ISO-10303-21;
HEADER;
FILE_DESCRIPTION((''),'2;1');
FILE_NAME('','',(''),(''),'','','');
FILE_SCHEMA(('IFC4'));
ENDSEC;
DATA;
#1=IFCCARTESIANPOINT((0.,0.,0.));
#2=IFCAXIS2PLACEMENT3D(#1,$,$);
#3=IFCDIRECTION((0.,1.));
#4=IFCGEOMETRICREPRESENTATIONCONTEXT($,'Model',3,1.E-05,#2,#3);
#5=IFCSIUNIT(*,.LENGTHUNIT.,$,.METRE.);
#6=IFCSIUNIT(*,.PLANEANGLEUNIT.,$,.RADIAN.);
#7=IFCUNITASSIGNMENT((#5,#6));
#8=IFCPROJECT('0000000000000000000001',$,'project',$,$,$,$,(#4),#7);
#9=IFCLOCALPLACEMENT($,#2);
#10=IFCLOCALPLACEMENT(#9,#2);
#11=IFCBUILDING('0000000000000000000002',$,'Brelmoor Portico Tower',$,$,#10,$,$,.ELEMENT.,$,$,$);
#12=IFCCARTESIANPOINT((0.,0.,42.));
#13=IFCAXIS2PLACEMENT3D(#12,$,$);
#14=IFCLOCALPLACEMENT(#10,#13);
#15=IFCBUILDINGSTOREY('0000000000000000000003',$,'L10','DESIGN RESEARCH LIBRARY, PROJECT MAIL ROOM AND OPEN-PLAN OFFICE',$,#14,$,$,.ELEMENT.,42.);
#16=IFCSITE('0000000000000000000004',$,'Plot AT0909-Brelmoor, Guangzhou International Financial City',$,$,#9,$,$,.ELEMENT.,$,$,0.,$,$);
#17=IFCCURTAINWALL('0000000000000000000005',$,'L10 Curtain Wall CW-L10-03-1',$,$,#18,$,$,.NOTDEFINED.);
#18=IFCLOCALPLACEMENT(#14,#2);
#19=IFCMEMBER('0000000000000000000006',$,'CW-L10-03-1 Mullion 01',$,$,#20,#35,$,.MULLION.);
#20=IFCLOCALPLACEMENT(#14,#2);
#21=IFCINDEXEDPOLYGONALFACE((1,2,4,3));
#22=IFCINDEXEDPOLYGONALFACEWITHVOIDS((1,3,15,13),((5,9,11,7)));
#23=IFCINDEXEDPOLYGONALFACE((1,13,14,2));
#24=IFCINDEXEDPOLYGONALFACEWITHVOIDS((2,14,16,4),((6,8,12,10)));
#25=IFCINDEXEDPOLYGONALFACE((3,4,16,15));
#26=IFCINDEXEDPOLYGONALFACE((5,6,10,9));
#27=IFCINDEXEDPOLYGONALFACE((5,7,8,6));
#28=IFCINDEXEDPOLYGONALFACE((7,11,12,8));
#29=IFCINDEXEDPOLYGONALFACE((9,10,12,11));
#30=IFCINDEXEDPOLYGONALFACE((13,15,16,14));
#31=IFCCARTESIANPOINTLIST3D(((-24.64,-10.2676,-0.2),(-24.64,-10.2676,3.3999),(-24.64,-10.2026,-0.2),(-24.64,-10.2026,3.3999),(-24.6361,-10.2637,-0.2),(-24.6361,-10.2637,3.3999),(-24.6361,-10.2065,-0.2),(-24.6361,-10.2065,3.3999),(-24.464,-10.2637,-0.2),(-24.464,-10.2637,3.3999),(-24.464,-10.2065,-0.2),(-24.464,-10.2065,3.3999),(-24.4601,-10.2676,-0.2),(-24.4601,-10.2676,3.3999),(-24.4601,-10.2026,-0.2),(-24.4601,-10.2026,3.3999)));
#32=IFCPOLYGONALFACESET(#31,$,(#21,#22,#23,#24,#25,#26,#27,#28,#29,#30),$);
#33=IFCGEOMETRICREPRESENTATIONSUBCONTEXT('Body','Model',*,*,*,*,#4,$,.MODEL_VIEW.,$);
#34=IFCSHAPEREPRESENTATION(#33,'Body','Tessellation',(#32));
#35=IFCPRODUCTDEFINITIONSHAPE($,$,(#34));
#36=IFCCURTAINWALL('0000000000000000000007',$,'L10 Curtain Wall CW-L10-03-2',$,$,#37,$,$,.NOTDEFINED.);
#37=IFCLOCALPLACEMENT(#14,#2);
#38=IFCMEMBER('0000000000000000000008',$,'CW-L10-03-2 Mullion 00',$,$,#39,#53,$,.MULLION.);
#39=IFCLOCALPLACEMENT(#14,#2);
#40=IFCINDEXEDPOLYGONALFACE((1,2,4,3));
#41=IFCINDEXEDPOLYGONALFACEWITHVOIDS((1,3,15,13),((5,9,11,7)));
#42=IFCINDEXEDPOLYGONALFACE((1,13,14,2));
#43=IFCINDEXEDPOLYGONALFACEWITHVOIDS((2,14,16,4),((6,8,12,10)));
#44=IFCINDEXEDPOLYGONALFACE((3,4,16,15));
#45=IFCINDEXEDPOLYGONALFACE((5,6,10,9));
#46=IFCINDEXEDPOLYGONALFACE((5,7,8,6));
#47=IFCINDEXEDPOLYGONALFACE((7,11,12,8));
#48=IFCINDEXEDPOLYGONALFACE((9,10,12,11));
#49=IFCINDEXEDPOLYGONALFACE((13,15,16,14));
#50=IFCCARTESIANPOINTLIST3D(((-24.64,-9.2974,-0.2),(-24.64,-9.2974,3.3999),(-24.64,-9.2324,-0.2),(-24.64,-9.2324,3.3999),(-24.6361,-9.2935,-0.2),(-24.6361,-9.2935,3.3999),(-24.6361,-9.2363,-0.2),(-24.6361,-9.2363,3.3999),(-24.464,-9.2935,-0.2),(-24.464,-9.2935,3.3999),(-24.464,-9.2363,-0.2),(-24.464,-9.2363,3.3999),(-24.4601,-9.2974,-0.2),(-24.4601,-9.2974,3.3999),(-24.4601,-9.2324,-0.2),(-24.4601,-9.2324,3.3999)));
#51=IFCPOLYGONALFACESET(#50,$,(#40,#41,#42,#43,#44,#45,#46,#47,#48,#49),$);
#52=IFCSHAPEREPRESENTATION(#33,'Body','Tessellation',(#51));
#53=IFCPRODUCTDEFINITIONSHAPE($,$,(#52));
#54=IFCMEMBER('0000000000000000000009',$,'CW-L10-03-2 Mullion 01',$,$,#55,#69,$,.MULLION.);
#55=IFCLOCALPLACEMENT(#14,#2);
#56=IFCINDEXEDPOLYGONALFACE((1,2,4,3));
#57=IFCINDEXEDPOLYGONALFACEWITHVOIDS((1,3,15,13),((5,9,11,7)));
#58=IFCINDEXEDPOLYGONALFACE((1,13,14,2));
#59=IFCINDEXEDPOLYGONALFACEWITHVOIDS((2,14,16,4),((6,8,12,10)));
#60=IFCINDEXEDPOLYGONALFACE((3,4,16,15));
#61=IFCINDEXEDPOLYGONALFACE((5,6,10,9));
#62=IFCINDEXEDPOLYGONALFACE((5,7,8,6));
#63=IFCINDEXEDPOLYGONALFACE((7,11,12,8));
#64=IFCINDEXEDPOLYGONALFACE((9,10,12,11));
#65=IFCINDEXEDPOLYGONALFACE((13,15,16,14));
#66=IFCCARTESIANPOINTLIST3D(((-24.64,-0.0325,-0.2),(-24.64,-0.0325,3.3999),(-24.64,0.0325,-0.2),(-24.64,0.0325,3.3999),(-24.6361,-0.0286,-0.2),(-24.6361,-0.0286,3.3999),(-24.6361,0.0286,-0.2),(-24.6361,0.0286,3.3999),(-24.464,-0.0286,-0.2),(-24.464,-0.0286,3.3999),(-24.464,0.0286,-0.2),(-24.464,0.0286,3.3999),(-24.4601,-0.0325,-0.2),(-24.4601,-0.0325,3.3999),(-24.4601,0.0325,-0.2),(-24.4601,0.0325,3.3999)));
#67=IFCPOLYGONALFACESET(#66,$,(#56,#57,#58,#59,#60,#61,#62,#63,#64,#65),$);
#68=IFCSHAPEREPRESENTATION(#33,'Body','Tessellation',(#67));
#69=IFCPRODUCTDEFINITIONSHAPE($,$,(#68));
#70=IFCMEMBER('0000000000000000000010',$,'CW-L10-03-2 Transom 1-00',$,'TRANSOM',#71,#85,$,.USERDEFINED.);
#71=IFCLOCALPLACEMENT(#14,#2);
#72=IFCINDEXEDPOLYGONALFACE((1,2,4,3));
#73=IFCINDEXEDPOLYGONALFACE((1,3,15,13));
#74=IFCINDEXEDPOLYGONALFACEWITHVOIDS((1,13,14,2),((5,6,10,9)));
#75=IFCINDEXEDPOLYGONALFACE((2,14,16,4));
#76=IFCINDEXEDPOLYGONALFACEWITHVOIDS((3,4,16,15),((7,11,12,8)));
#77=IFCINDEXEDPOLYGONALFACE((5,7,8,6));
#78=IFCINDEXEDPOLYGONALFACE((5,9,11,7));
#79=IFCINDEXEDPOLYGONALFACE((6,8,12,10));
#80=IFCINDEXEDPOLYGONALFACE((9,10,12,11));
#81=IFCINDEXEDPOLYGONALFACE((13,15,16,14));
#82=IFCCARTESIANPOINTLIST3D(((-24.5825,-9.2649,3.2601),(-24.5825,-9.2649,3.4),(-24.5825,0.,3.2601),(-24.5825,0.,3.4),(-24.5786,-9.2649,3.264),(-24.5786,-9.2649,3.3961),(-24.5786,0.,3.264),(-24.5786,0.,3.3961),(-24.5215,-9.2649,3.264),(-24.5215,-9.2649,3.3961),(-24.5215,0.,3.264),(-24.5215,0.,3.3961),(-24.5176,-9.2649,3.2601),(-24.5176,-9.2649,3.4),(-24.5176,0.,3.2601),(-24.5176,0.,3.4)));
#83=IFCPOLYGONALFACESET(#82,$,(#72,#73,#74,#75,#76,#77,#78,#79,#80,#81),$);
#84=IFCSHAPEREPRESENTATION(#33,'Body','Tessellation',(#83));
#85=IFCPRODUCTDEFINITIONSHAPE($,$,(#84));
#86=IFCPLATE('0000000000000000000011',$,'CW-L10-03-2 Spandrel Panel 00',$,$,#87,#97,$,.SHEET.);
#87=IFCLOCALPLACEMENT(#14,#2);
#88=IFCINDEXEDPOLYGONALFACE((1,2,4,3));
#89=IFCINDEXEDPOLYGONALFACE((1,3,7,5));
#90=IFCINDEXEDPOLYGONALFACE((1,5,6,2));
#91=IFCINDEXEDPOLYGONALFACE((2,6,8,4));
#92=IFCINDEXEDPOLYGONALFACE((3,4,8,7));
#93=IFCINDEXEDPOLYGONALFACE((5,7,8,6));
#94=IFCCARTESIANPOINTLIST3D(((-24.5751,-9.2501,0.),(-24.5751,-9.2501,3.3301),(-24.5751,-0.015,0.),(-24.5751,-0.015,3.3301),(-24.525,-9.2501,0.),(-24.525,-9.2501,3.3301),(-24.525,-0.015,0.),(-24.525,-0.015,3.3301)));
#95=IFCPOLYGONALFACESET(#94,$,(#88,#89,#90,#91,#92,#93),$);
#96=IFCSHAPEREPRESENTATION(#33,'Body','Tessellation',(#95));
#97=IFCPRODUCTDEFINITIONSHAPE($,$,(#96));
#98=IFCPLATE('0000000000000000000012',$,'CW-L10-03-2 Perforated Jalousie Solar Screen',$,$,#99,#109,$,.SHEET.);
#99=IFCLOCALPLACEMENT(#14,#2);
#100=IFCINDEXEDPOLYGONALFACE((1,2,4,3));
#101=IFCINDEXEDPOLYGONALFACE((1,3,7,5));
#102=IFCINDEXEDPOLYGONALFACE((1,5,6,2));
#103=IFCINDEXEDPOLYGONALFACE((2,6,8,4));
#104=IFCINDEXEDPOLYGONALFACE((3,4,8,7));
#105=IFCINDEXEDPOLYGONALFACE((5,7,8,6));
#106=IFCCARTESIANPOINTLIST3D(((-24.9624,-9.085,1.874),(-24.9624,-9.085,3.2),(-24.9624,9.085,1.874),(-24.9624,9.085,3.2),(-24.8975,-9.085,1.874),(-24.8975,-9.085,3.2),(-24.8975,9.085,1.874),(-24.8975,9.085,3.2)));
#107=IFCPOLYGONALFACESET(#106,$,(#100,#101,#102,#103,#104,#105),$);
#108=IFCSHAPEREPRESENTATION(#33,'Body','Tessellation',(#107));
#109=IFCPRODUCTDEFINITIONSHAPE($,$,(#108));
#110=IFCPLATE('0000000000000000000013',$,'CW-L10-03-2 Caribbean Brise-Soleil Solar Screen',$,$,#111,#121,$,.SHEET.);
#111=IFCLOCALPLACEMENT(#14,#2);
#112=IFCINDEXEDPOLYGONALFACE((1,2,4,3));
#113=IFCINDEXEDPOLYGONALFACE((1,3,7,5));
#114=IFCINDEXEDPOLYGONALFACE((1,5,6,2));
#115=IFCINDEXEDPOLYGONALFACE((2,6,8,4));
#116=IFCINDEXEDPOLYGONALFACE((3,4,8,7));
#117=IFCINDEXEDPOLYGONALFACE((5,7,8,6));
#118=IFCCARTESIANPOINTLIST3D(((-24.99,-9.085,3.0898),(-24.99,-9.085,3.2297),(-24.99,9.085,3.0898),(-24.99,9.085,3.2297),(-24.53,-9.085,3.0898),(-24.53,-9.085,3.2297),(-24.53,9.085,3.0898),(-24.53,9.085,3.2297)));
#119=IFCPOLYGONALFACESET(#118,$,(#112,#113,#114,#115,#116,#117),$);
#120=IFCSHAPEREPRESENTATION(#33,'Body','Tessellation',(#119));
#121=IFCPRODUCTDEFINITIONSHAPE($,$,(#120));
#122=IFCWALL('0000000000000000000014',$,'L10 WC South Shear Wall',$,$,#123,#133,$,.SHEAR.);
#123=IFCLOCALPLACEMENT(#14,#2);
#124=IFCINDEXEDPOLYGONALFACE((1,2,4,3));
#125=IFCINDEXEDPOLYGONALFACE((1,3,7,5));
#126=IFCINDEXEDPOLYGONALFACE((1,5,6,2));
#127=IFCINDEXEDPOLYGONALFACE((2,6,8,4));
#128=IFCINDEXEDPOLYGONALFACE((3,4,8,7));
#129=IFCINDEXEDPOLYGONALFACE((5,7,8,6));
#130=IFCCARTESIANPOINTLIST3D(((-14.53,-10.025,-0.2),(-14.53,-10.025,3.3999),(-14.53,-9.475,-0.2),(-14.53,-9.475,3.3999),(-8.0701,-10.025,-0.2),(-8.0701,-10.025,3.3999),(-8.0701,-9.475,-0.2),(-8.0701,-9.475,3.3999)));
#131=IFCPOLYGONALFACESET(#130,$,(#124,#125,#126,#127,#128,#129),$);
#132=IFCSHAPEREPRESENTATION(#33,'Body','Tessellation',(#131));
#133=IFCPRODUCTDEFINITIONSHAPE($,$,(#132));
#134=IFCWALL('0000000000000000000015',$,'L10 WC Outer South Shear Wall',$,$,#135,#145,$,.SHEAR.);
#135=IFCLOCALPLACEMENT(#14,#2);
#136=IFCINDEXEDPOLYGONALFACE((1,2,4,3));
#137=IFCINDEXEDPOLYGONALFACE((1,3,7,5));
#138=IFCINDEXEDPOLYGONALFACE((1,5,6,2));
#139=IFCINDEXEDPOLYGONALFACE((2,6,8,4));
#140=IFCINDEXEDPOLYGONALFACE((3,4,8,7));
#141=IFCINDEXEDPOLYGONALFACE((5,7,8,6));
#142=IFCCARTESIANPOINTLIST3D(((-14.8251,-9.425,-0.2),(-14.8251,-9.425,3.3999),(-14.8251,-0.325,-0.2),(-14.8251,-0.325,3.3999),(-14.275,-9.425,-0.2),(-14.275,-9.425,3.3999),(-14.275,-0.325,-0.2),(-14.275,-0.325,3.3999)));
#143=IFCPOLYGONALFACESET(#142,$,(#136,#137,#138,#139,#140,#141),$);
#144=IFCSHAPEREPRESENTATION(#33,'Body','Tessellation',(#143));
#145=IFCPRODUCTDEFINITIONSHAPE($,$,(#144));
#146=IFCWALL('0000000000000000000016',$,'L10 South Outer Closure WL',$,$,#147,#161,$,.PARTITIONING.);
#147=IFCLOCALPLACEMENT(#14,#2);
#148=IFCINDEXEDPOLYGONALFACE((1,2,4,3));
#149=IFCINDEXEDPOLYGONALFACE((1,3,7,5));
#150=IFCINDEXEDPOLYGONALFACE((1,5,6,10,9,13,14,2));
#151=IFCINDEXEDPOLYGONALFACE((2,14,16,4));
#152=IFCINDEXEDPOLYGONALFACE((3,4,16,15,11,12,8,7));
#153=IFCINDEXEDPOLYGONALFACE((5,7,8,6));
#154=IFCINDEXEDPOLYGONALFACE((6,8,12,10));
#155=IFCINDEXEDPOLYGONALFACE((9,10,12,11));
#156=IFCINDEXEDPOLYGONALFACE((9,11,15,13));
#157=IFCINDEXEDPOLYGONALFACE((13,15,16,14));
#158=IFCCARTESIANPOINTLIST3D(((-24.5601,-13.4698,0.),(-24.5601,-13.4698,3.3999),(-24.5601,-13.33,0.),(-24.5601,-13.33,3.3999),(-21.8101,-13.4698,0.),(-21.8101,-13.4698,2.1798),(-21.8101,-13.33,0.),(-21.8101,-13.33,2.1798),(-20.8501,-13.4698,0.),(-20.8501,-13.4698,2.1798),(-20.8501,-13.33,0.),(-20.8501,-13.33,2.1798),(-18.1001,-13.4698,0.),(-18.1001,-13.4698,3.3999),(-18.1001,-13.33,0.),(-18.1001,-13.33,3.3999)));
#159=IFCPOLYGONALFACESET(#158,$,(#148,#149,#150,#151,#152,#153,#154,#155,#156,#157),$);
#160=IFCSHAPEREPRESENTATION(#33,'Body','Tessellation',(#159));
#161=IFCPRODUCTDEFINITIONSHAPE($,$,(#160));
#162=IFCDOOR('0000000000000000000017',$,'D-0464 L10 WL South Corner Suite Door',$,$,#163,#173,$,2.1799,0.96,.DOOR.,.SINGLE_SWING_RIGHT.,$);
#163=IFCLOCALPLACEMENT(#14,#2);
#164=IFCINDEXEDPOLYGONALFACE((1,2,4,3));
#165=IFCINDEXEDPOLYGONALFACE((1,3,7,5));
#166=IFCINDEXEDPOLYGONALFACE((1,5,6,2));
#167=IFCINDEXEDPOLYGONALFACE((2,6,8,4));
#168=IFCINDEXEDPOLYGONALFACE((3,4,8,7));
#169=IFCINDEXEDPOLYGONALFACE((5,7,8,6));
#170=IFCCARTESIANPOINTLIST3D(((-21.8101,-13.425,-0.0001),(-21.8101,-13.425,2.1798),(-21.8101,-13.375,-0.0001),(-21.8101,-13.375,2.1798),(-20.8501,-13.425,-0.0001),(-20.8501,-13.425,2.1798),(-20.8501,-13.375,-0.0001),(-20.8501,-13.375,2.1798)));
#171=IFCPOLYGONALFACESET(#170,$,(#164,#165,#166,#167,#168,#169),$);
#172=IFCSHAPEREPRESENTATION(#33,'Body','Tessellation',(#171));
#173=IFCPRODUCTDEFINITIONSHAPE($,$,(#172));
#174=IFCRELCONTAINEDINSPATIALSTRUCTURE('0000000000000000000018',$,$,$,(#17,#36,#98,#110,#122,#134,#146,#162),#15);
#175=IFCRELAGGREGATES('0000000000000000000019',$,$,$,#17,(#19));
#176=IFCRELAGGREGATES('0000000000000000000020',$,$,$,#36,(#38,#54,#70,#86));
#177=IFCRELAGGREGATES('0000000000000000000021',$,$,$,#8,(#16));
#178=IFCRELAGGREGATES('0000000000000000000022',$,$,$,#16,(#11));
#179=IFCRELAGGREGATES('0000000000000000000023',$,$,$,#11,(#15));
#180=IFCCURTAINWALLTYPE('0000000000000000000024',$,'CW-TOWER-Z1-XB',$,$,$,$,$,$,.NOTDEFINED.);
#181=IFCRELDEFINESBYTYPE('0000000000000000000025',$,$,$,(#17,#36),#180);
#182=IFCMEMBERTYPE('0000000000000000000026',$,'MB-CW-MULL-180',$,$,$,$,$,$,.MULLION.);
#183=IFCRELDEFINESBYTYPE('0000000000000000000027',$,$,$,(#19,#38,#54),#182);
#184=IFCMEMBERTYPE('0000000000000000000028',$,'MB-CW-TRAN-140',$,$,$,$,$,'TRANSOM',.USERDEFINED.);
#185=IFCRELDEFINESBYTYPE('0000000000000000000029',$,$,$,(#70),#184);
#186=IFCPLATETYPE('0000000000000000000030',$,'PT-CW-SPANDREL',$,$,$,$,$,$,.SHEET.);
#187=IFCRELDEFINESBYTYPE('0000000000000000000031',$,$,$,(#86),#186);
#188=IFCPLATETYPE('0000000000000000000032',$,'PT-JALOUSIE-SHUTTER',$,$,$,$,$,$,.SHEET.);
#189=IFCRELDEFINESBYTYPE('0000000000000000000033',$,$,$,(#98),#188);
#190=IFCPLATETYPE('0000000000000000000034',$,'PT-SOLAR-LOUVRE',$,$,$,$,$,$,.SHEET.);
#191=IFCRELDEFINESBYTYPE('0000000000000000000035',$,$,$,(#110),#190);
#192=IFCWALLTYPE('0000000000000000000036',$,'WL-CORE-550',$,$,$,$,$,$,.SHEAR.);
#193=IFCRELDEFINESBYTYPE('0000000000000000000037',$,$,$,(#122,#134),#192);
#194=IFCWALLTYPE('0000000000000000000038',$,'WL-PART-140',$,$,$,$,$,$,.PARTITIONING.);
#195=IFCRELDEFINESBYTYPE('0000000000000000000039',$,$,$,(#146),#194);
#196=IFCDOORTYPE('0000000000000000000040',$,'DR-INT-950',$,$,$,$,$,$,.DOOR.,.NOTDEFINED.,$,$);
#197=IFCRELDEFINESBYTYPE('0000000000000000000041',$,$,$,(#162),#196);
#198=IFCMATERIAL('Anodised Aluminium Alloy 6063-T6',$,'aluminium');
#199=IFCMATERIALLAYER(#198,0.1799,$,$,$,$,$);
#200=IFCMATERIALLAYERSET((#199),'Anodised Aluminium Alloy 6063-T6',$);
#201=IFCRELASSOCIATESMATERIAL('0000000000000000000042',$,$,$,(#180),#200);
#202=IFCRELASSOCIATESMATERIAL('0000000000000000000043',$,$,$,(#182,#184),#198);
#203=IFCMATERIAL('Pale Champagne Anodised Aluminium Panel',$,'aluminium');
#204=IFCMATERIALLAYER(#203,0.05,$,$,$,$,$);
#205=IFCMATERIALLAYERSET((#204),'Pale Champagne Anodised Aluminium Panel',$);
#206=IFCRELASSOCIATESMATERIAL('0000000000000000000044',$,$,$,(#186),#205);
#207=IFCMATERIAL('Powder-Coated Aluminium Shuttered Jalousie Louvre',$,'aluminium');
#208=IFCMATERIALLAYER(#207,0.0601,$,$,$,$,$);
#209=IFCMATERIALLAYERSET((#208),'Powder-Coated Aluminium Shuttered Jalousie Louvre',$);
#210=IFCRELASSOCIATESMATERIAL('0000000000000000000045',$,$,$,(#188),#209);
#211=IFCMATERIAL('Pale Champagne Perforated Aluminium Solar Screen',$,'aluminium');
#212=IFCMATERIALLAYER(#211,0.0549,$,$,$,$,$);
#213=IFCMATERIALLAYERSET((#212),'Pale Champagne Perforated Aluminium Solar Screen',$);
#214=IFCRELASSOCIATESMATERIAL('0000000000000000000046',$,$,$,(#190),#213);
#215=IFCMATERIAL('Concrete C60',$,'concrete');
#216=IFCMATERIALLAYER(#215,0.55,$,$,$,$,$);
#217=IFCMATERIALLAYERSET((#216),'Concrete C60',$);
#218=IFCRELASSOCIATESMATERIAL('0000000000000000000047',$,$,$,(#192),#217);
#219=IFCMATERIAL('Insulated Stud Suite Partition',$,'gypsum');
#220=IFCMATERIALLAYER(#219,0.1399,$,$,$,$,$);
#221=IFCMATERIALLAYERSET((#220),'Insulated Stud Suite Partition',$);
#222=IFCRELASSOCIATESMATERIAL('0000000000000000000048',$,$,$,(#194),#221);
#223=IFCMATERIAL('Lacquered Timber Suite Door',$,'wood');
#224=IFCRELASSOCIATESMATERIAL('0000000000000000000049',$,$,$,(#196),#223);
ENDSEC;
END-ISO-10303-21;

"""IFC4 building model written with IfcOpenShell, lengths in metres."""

from ifc_helpers import new_model, si_unit, direction, frame, frame_2d, origin, origin_2d, place, context, subcontext, project, spatial, rectangle, hollow_rectangle, extrude, material, layer, layer_set, material_profile, profile_set, type_object, element, fill, aggregate, save


model = new_model("IFC4")

# Units and contexts
model_context = context("Model", 3, precision=1e-05, world=origin(), true_north=direction((0.0, 1.0)))
body_context = subcontext(model_context, "Body", "Model", "MODEL_VIEW")
ifc_project = project(units=[si_unit("LENGTHUNIT", "METRE"), si_unit("PLANEANGLEUNIT", "RADIAN")], contexts=[model_context])

# Site, building, storey
site_placement = place(None, origin())
site = spatial("IfcSite", under=ifc_project, at=site_placement, Name="Plot AT0909-Brelmoor, Guangzhou International Financial City", CompositionType="ELEMENT", RefElevation=0.0)
building_placement = place(site_placement, origin())
building = spatial("IfcBuilding", under=site, at=building_placement, Name="Brelmoor Portico Tower", CompositionType="ELEMENT")
storey_placement = place(building_placement, frame((0.0, 0.0, 42.0)))
storey = spatial("IfcBuildingStorey", under=building, at=storey_placement, Name="L10", Description="DESIGN RESEARCH LIBRARY, PROJECT MAIL ROOM AND OPEN-PLAN OFFICE", CompositionType="ELEMENT", Elevation=42.0)

# Curtain wall, member
ifc_material_1 = material(Name="Anodised Aluminium Alloy 6063-T6", Category="aluminium")
ifc_layer_1 = layer(ifc_material_1, 0.1799)
ifc_layer_set_1 = layer_set([ifc_layer_1], Name="Anodised Aluminium Alloy 6063-T6")
curtain_wall_type = type_object("IfcCurtainWallType", Name="CW-TOWER-Z1-XB", PredefinedType="NOTDEFINED", material=ifc_layer_set_1)
curtain_wall_1_placement = place(storey_placement, origin())
curtain_wall_1 = element("IfcCurtainWall", 1, at=curtain_wall_1_placement, inside=storey, type_object=curtain_wall_type, Name="L10 Curtain Wall CW-L10-03-1", PredefinedType="NOTDEFINED")
ifc_material_profile_1 = material_profile(ifc_material_1, hollow_rectangle(XDim=0.0649, YDim=0.1799, WallThickness=0.0039, at=origin_2d()), Name="ALU MULLION 65x180")
ifc_profile_set_1 = profile_set([ifc_material_profile_1], Name="Anodised Aluminium Alloy 6063-T6")
member_type_1 = type_object("IfcMemberType", Name="MB-CW-MULL-180", PredefinedType="MULLION", material=ifc_profile_set_1)
member_1_placement = place(storey_placement, frame((-24.55, -10.2351, -0.2), z_axis=(0.0, 0.0, 1.0), x_axis=(0.0, 1.0, 0.0)))
member_1 = element("IfcMember", 2, at=member_1_placement, type_object=member_type_1, Name="CW-L10-03-1 Mullion 01", PredefinedType="MULLION", context=body_context, shape_type="SweptSolid", body=[
    extrude(hollow_rectangle(XDim=0.0649, YDim=0.1799, WallThickness=0.0039, at=origin_2d()), origin(), (0.0, 0.0, 1.0), 3.5999),
])
aggregate(curtain_wall_1, [member_1])

# Curtain wall, members, plate
curtain_wall_2_placement = place(storey_placement, origin())
curtain_wall_2 = element("IfcCurtainWall", 3, at=curtain_wall_2_placement, inside=storey, type_object=curtain_wall_type, Name="L10 Curtain Wall CW-L10-03-2", PredefinedType="NOTDEFINED")
member_2_placement = place(storey_placement, frame((-24.55, -9.2649, -0.2), z_axis=(0.0, 0.0, 1.0), x_axis=(0.0, 1.0, 0.0)))
member_2 = element("IfcMember", 4, at=member_2_placement, type_object=member_type_1, Name="CW-L10-03-2 Mullion 00", PredefinedType="MULLION", context=body_context, shape_type="SweptSolid", body=[
    extrude(hollow_rectangle(XDim=0.0649, YDim=0.1799, WallThickness=0.0039, at=origin_2d()), origin(), (0.0, 0.0, 1.0), 3.5999),
])
member_3_placement = place(storey_placement, frame((-24.55, 0.0, -0.2), z_axis=(0.0, 0.0, 1.0), x_axis=(0.0, 1.0, 0.0)))
member_3 = element("IfcMember", 5, at=member_3_placement, type_object=member_type_1, Name="CW-L10-03-2 Mullion 01", PredefinedType="MULLION", context=body_context, shape_type="SweptSolid", body=[
    extrude(hollow_rectangle(XDim=0.0649, YDim=0.1799, WallThickness=0.0039, at=origin_2d()), origin(), (0.0, 0.0, 1.0), 3.5999),
])
ifc_material_profile_2 = material_profile(ifc_material_1, hollow_rectangle(XDim=0.0649, YDim=0.1399, WallThickness=0.0039, at=origin_2d()), Name="ALU TRANSOM 65x140")
ifc_profile_set_2 = profile_set([ifc_material_profile_2], Name="Anodised Aluminium Alloy 6063-T6")
member_type_2 = type_object("IfcMemberType", Name="MB-CW-TRAN-140", ElementType="TRANSOM", PredefinedType="USERDEFINED", material=ifc_profile_set_2)
member_4_placement = place(storey_placement, frame((-24.55, -9.2649, 3.3301), z_axis=(0.0, 1.0, 0.0), x_axis=(-1.0, 0.0, 0.0)))
member_4 = element("IfcMember", 6, at=member_4_placement, type_object=member_type_2, Name="CW-L10-03-2 Transom 1-00", ObjectType="TRANSOM", PredefinedType="USERDEFINED", context=body_context, shape_type="SweptSolid", body=[
    extrude(hollow_rectangle(XDim=0.0649, YDim=0.1399, WallThickness=0.0039, at=origin_2d()), origin(), (0.0, 0.0, 1.0), 9.2649),
])
ifc_material_2 = material(Name="Pale Champagne Anodised Aluminium Panel", Category="aluminium")
ifc_layer_2 = layer(ifc_material_2, 0.05)
ifc_layer_set_2 = layer_set([ifc_layer_2], Name="Pale Champagne Anodised Aluminium Panel")
plate_type_1 = type_object("IfcPlateType", Name="PT-CW-SPANDREL", PredefinedType="SHEET", material=ifc_layer_set_2)
plate_1_placement = place(storey_placement, frame((-24.55, -4.6326, 0.0), z_axis=(0.0, 0.0, 1.0), x_axis=(0.0, 1.0, 0.0)))
plate_1 = element("IfcPlate", 7, at=plate_1_placement, type_object=plate_type_1, Name="CW-L10-03-2 Spandrel Panel 00", PredefinedType="SHEET", context=body_context, shape_type="SweptSolid", body=[
    extrude(rectangle(XDim=9.2351, YDim=0.05, at=origin_2d()), origin(), (0.0, 0.0, 1.0), 3.3301),
])
aggregate(curtain_wall_2, [member_2, member_3, member_4, plate_1])

# Plates
ifc_material_3 = material(Name="Powder-Coated Aluminium Shuttered Jalousie Louvre", Category="aluminium")
ifc_layer_3 = layer(ifc_material_3, 0.0601)
ifc_layer_set_3 = layer_set([ifc_layer_3], Name="Powder-Coated Aluminium Shuttered Jalousie Louvre")
plate_type_2 = type_object("IfcPlateType", Name="PT-JALOUSIE-SHUTTER", PredefinedType="SHEET", material=ifc_layer_set_3)
plate_2_placement = place(storey_placement, frame((-24.9299, 0.0, 1.874), z_axis=(0.0, 0.0, 1.0), x_axis=(0.0, 1.0, 0.0)))
element("IfcPlate", 8, at=plate_2_placement, inside=storey, type_object=plate_type_2, Name="CW-L10-03-2 Perforated Jalousie Solar Screen", PredefinedType="SHEET", context=body_context, shape_type="SweptSolid", body=[
    extrude(rectangle(XDim=18.1699, YDim=0.0649, at=origin_2d()), origin(), (0.0, 0.0, 1.0), 1.3259),
])
ifc_material_4 = material(Name="Pale Champagne Perforated Aluminium Solar Screen", Category="aluminium")
ifc_layer_4 = layer(ifc_material_4, 0.0549)
ifc_layer_set_4 = layer_set([ifc_layer_4], Name="Pale Champagne Perforated Aluminium Solar Screen")
plate_type_3 = type_object("IfcPlateType", Name="PT-SOLAR-LOUVRE", PredefinedType="SHEET", material=ifc_layer_set_4)
plate_3_placement = place(storey_placement, frame((-24.76, 0.0, 3.0898), z_axis=(0.0, 0.0, 1.0), x_axis=(0.0, 1.0, 0.0)))
element("IfcPlate", 9, at=plate_3_placement, inside=storey, type_object=plate_type_3, Name="CW-L10-03-2 Caribbean Brise-Soleil Solar Screen", PredefinedType="SHEET", context=body_context, shape_type="SweptSolid", body=[
    extrude(rectangle(XDim=18.1699, YDim=0.46, at=origin_2d()), origin(), (0.0, 0.0, 1.0), 0.1399),
])

# Walls
ifc_material_5 = material(Name="Concrete C60", Category="concrete")
ifc_layer_5 = layer(ifc_material_5, 0.55)
ifc_layer_set_5 = layer_set([ifc_layer_5], Name="Concrete C60")
wall_type_1 = type_object("IfcWallType", Name="WL-CORE-550", PredefinedType="SHEAR", material=ifc_layer_set_5)
wall_1_placement = place(storey_placement, frame((-14.53, -9.75, -0.2), z_axis=(0.0, 0.0, 1.0), x_axis=(1.0, 0.0, 0.0)))
element("IfcWall", 10, at=wall_1_placement, inside=storey, type_object=wall_type_1, Name="L10 WC South Shear Wall", PredefinedType="SHEAR", context=body_context, shape_type="SweptSolid", body=[
    extrude(rectangle(XDim=6.46, YDim=0.55, at=frame_2d((3.23, 0.0))), origin(), (0.0, 0.0, 1.0), 3.5999),
])
wall_2_placement = place(storey_placement, frame((-14.55, -9.425, -0.2), z_axis=(0.0, 0.0, 1.0), x_axis=(0.0, 1.0, 0.0)))
element("IfcWall", 11, at=wall_2_placement, inside=storey, type_object=wall_type_1, Name="L10 WC Outer South Shear Wall", PredefinedType="SHEAR", context=body_context, shape_type="SweptSolid", body=[
    extrude(rectangle(XDim=9.1001, YDim=0.55, at=frame_2d((4.55, 0.0))), origin(), (0.0, 0.0, 1.0), 3.5999),
])

# Wall, opening, door
ifc_material_6 = material(Name="Insulated Stud Suite Partition", Category="gypsum")
ifc_layer_6 = layer(ifc_material_6, 0.1399)
ifc_layer_set_6 = layer_set([ifc_layer_6], Name="Insulated Stud Suite Partition")
wall_type_2 = type_object("IfcWallType", Name="WL-PART-140", PredefinedType="PARTITIONING", material=ifc_layer_set_6)
wall_3_placement = place(storey_placement, frame((-24.5601, -13.3999, 0.0), z_axis=(0.0, 0.0, 1.0), x_axis=(1.0, 0.0, 0.0)))
wall_3 = element("IfcWall", 12, at=wall_3_placement, inside=storey, type_object=wall_type_2, Name="L10 South Outer Closure WL", PredefinedType="PARTITIONING", context=body_context, shape_type="SweptSolid", body=[
    extrude(rectangle(XDim=6.46, YDim=0.1399, at=frame_2d((3.23, 0.0))), origin(), (0.0, 0.0, 1.0), 3.3999),
])
opening_1_placement = place(wall_3_placement, frame((2.75, 0.0, 0.0)))
opening_1 = element("IfcOpeningElement", 13, at=opening_1_placement, cuts=wall_3, PredefinedType="OPENING", context=body_context, shape_type="SweptSolid", body=[
    extrude(rectangle(XDim=0.96, YDim=2.1799, at=frame_2d((0.48, 1.0898))), frame((0.0, 0.0798, 0.0), z_axis=(0.0, -1.0, 0.0), x_axis=(1.0, 0.0, 0.0)), (0.0, 0.0, 1.0), 0.1599),
])
ifc_material_7 = material(Name="Lacquered Timber Suite Door", Category="wood")
door_type_1 = type_object("IfcDoorType", Name="DR-INT-950", OperationType="NOTDEFINED", PredefinedType="DOOR", material=ifc_material_7)
door_1_placement = place(opening_1_placement, origin())
door_1 = element("IfcDoor", 14, at=door_1_placement, inside=storey, type_object=door_type_1, Name="D-0464 L10 WL South Corner Suite Door", OperationType="SINGLE_SWING_RIGHT", OverallHeight=2.1799, OverallWidth=0.96, PredefinedType="DOOR", context=body_context, shape_type="SweptSolid", body=[
    extrude(rectangle(XDim=0.96, YDim=2.1799, at=frame_2d((0.48, 1.0898))), frame((0.0, 0.0249, 0.0), z_axis=(0.0, -1.0, 0.0), x_axis=(1.0, 0.0, 0.0)), (0.0, 0.0, 1.0), 0.05),
])
fill(opening_1, door_1)

save(model, "model.ifc")
